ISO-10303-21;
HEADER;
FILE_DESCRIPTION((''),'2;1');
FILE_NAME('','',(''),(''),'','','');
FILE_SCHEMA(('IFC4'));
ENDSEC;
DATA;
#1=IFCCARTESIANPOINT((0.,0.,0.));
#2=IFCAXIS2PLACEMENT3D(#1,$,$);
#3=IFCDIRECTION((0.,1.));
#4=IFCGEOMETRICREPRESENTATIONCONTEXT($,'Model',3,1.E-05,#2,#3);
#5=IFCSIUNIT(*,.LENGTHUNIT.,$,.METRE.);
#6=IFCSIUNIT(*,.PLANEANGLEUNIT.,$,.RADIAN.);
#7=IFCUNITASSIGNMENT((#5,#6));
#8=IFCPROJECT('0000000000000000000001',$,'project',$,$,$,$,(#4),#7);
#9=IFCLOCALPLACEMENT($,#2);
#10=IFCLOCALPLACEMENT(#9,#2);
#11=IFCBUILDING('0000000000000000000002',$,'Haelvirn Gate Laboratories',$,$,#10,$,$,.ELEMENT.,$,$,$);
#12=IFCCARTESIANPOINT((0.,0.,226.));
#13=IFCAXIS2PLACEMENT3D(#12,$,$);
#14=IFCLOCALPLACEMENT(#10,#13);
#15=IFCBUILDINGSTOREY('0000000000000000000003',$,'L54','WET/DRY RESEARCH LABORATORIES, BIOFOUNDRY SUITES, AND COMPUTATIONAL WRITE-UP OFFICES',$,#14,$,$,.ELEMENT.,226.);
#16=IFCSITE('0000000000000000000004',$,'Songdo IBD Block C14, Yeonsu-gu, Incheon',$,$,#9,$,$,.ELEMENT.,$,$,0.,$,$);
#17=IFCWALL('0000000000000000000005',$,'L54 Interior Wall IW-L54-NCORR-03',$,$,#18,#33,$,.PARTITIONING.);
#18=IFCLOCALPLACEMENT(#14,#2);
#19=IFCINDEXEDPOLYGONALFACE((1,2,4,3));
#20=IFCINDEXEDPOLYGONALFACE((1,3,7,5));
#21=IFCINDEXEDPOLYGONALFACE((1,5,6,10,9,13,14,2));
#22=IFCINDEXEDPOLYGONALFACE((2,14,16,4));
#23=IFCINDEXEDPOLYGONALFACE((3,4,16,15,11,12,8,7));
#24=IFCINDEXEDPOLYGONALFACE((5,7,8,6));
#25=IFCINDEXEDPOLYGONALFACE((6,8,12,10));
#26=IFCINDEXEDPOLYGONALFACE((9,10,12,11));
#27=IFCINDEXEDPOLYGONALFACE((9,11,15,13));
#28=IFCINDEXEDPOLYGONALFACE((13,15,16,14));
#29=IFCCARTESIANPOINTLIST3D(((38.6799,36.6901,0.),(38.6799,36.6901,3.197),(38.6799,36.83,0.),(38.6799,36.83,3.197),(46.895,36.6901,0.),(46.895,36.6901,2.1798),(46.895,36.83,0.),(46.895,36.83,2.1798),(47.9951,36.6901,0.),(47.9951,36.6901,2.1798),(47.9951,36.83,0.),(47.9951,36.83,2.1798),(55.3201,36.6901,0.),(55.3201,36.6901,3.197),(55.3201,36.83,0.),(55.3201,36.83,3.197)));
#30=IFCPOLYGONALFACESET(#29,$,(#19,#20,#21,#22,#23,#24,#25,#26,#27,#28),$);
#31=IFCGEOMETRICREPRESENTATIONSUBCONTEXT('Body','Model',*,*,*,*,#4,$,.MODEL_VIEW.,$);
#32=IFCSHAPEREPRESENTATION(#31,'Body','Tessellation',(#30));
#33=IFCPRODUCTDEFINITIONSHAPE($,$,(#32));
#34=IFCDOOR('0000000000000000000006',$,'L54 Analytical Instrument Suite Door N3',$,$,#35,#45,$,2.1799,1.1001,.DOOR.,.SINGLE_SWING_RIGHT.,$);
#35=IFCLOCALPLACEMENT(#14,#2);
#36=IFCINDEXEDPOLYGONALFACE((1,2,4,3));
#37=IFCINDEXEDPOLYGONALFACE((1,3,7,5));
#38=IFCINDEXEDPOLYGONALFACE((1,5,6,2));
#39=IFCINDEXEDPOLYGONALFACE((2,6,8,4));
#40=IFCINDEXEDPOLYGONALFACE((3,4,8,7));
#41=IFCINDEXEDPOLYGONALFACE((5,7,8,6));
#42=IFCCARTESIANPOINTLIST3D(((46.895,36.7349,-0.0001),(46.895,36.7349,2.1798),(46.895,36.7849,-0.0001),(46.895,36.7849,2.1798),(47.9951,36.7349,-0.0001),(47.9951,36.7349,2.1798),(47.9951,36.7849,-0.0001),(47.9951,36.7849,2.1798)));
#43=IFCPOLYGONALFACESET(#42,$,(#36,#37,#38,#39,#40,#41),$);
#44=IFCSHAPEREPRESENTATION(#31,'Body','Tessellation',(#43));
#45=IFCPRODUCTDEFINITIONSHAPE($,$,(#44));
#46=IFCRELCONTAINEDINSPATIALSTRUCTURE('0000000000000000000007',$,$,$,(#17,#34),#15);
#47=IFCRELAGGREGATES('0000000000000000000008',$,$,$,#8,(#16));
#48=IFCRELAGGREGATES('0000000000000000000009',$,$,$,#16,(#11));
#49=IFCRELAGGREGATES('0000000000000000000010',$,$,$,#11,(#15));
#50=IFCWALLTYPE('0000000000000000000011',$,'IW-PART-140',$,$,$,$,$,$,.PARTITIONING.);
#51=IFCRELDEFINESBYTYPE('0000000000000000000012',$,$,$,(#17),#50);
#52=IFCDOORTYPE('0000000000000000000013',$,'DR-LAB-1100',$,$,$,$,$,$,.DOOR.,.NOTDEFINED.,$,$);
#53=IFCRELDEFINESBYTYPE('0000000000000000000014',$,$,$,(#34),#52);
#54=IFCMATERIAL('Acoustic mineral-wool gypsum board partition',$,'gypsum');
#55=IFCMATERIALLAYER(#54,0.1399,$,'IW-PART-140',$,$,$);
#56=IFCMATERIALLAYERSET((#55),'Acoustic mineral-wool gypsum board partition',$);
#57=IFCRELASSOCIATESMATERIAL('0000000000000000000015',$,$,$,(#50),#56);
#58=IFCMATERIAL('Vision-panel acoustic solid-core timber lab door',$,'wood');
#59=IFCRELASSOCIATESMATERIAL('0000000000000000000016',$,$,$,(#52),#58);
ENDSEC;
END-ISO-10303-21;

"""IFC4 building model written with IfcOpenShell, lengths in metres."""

from ifc_helpers import new_model, si_unit, direction, frame, frame_2d, origin, place, context, subcontext, project, spatial, rectangle, extrude, source, transform, mapped, material, layer, layer_set, type_object, type_shapes, element, fill, save


model = new_model("IFC4")

# Units and contexts
model_context = context("Model", 3, precision=1e-05, world=origin(), true_north=direction((0.0, 1.0)))
body_context = subcontext(model_context, "Body", "Model", "MODEL_VIEW")
ifc_project = project(units=[si_unit("LENGTHUNIT", "METRE"), si_unit("PLANEANGLEUNIT", "RADIAN")], contexts=[model_context])

# Site, building, storey
site_placement = place(None, origin())
site = spatial("IfcSite", under=ifc_project, at=site_placement, Name="Songdo IBD Block C14, Yeonsu-gu, Incheon", CompositionType="ELEMENT", RefElevation=0.0)
building_placement = place(site_placement, origin())
building = spatial("IfcBuilding", under=site, at=building_placement, Name="Haelvirn Gate Laboratories", CompositionType="ELEMENT")
storey_placement = place(building_placement, frame((0.0, 0.0, 226.0)))
storey = spatial("IfcBuildingStorey", under=building, at=storey_placement, Name="L54", Description="WET/DRY RESEARCH LABORATORIES, BIOFOUNDRY SUITES, AND COMPUTATIONAL WRITE-UP OFFICES", CompositionType="ELEMENT", Elevation=226.0)

# Wall, opening, door
ifc_material_1 = material(Name="Acoustic mineral-wool gypsum board partition", Category="gypsum")
ifc_layer_1 = layer(ifc_material_1, 0.1399, Name="IW-PART-140")
ifc_layer_set_1 = layer_set([ifc_layer_1], Name="Acoustic mineral-wool gypsum board partition")
wall_type_1 = type_object("IfcWallType", Name="IW-PART-140", PredefinedType="PARTITIONING", material=ifc_layer_set_1)
wall_1_placement = place(storey_placement, frame((38.6799, 36.76, 0.0), z_axis=(0.0, 0.0, 1.0), x_axis=(1.0, 0.0, 0.0)))
wall_1 = element("IfcWall", 1, at=wall_1_placement, inside=storey, type_object=wall_type_1, Name="L54 Interior Wall IW-L54-NCORR-03", PredefinedType="PARTITIONING", context=body_context, shape_type="SweptSolid", body=[
    extrude(rectangle(XDim=16.6401, YDim=0.1399, at=frame_2d((8.3201, 0.0))), origin(), (0.0, 0.0, 1.0), 3.197),
])
opening_placement = place(wall_1_placement, frame((8.2151, 0.0, 0.0)))
opening = element("IfcOpeningElement", 2, at=opening_placement, cuts=wall_1, PredefinedType="OPENING", context=body_context, shape_type="SweptSolid", body=[
    extrude(rectangle(XDim=1.1001, YDim=2.1799, at=frame_2d((0.55, 1.0898))), frame((0.0, 0.0801, 0.0), z_axis=(0.0, -1.0, 0.0), x_axis=(1.0, 0.0, 0.0)), (0.0, 0.0, 1.0), 0.1599),
])
ifc_material_2 = material(Name="Vision-panel acoustic solid-core timber lab door", Category="wood")
door_type = type_object("IfcDoorType", Name="DR-LAB-1100", OperationType="NOTDEFINED", PredefinedType="DOOR", material=ifc_material_2)
shared_shape_1 = source(origin(), body_context, "Body", "SweptSolid", [
    extrude(rectangle(XDim=1.1001, YDim=2.1799, at=frame_2d((0.55, 1.0898))), frame((0.0, 0.0249, 0.0), z_axis=(0.0, -1.0, 0.0), x_axis=(1.0, 0.0, 0.0)), (0.0, 0.0, 1.0), 0.05),
])
type_shapes(door_type, [shared_shape_1])
door_placement = place(opening_placement, origin())
door = element("IfcDoor", 3, at=door_placement, inside=storey, type_object=door_type, Name="L54 Analytical Instrument Suite Door N3", OperationType="SINGLE_SWING_RIGHT", OverallHeight=2.1799, OverallWidth=1.1001, PredefinedType="DOOR", context=body_context, shape_type="MappedRepresentation", body=[
    mapped(shared_shape_1, transform((0.0, 0.0, 0.0), scale=1.0)),
])
fill(opening, door)

save(model, "model.ifc")
